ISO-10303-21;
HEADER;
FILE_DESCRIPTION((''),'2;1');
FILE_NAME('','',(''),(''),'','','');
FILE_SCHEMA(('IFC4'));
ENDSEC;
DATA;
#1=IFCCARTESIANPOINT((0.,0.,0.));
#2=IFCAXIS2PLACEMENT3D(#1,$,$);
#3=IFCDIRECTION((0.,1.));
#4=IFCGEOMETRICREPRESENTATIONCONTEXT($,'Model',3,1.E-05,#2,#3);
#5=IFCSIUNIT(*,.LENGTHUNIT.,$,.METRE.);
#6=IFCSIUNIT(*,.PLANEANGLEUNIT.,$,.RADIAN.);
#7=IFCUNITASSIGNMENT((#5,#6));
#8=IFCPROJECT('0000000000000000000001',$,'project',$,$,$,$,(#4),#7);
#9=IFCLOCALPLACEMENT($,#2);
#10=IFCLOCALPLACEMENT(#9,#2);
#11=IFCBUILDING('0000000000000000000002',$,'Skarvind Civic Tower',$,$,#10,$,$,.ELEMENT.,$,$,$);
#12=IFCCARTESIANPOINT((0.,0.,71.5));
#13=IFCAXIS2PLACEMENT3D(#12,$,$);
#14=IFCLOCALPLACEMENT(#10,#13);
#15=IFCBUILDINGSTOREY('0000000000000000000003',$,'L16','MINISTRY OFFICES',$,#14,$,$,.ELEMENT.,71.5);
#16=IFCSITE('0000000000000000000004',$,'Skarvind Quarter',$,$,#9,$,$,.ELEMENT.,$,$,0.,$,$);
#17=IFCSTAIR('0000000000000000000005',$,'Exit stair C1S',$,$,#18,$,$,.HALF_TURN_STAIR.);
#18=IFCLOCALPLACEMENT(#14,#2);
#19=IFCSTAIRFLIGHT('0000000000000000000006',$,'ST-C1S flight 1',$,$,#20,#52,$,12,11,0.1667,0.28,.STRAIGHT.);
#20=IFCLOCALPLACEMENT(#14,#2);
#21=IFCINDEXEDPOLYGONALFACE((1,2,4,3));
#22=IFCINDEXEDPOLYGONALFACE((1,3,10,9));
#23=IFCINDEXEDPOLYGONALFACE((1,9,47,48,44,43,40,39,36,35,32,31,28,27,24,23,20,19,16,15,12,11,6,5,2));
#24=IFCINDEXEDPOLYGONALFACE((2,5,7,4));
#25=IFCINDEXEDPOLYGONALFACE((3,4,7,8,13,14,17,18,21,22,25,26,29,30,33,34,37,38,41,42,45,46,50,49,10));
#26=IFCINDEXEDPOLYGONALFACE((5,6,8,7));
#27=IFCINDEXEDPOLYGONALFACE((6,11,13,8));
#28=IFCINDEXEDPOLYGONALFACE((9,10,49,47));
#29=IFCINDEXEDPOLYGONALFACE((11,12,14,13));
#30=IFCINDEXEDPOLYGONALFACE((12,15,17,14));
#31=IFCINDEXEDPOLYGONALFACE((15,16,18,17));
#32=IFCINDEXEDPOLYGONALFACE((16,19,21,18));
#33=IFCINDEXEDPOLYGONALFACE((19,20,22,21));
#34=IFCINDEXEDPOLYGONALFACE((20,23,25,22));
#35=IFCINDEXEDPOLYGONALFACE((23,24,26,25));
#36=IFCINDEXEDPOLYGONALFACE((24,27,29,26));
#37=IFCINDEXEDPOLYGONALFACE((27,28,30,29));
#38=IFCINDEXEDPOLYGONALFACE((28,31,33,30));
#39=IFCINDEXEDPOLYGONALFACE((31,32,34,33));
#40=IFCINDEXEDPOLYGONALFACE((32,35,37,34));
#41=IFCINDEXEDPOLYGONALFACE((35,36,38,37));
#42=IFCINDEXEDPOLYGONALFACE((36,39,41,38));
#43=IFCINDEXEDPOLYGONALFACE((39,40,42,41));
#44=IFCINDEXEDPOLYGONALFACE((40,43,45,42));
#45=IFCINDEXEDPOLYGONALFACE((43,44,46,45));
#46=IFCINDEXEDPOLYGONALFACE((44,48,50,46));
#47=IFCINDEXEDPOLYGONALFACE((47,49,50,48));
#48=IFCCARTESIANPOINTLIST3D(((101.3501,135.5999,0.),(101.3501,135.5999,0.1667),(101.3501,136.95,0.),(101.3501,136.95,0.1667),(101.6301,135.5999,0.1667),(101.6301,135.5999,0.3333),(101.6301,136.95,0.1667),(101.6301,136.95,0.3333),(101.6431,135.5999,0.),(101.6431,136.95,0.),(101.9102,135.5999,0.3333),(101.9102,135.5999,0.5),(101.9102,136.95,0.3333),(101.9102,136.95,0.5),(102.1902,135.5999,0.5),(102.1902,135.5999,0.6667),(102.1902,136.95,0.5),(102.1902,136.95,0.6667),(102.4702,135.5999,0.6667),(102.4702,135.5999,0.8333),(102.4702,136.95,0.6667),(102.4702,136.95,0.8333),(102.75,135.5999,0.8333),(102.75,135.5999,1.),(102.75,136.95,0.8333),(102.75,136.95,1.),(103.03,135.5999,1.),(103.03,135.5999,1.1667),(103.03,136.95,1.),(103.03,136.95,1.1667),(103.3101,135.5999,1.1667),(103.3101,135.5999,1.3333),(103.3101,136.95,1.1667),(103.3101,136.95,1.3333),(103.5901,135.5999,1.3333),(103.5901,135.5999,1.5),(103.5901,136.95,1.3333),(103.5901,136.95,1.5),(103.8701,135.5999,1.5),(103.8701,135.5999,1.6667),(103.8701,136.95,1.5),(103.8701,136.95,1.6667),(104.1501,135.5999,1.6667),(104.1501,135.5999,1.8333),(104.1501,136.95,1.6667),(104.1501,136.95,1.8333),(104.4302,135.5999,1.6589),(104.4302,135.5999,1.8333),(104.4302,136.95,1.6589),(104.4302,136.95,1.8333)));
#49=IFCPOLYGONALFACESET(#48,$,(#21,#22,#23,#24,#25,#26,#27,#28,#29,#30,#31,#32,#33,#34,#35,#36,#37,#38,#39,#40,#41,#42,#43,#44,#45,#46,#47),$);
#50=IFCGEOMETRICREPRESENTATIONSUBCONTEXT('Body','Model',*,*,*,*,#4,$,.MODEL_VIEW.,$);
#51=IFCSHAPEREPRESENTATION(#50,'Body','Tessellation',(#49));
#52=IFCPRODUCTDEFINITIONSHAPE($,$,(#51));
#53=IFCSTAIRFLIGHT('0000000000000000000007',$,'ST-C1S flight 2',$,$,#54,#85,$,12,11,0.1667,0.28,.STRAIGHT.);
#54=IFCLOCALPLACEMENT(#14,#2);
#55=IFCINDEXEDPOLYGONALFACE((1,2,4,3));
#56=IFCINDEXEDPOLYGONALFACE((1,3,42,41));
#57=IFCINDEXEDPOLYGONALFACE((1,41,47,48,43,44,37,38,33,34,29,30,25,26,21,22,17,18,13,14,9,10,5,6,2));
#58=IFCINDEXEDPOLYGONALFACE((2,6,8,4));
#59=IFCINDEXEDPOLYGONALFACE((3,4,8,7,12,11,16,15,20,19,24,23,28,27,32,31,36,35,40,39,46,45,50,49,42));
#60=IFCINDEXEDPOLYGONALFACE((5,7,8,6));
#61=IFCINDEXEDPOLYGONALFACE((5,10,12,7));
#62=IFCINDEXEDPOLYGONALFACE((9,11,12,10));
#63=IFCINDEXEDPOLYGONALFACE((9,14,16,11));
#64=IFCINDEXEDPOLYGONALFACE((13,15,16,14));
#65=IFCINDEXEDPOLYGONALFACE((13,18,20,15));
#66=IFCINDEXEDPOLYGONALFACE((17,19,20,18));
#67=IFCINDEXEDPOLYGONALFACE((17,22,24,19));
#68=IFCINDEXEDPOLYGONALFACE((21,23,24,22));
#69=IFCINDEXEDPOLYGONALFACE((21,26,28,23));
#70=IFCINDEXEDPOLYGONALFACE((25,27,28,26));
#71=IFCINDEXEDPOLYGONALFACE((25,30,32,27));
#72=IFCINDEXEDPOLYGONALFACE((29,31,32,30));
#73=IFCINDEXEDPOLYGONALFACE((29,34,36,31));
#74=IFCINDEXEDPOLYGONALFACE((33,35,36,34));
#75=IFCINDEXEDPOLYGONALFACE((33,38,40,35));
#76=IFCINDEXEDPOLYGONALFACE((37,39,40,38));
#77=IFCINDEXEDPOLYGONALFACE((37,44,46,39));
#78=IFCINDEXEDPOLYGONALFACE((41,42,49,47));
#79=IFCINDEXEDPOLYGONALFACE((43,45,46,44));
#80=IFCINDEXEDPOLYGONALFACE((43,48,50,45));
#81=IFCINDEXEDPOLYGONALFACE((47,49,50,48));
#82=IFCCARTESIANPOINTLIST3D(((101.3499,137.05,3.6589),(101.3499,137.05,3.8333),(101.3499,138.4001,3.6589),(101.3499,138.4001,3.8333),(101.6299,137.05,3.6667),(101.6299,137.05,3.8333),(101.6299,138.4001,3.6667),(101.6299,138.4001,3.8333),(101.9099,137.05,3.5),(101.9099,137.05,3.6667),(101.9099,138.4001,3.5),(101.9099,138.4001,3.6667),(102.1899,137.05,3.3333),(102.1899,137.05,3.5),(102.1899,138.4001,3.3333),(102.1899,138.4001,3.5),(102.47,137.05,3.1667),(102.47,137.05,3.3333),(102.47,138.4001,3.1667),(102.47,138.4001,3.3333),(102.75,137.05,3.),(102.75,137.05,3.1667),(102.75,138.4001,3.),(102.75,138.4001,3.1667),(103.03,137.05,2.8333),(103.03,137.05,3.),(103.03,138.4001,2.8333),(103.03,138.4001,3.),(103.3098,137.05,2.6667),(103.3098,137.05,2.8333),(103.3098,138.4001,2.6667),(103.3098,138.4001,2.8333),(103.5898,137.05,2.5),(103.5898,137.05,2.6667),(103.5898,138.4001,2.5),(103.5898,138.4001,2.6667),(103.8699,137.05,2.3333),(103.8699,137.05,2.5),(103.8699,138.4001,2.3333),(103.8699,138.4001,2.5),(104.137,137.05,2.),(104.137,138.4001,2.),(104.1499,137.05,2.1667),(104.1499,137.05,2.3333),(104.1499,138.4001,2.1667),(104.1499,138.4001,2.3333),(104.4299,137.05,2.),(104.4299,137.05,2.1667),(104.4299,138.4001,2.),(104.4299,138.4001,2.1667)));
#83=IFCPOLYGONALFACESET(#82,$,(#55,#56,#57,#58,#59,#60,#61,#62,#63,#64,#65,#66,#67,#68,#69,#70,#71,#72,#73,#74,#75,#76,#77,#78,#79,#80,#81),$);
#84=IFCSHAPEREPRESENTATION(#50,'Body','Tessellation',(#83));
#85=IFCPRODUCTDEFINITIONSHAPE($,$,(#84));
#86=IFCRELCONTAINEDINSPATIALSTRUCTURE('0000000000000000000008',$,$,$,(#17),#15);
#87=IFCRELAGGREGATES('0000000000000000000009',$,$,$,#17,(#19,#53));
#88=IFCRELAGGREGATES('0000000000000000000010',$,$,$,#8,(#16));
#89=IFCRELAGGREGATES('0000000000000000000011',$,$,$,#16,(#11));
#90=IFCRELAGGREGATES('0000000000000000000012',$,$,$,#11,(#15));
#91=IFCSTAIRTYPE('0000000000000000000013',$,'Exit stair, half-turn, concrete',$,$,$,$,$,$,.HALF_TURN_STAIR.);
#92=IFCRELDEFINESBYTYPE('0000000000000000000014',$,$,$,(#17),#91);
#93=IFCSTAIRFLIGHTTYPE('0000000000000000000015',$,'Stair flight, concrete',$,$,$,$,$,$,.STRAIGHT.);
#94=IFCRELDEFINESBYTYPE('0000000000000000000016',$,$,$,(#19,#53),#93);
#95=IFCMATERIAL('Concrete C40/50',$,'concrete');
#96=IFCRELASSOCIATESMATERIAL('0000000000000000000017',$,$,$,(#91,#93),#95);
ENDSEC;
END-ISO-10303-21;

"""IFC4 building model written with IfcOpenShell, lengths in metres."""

from ifc_helpers import new_model, si_unit, direction, frame, origin, place, context, subcontext, project, spatial, polyline, outline, extrude, material, type_object, element, aggregate, save


model = new_model("IFC4")

# Units and contexts
model_context = context("Model", 3, precision=1e-05, world=origin(), true_north=direction((0.0, 1.0)))
body_context = subcontext(model_context, "Body", "Model", "MODEL_VIEW")
ifc_project = project(units=[si_unit("LENGTHUNIT", "METRE"), si_unit("PLANEANGLEUNIT", "RADIAN")], contexts=[model_context])

# Site, building, storey
site_placement = place(None, origin())
site = spatial("IfcSite", under=ifc_project, at=site_placement, Name="Skarvind Quarter", CompositionType="ELEMENT", RefElevation=0.0)
building_placement = place(site_placement, origin())
building = spatial("IfcBuilding", under=site, at=building_placement, Name="Skarvind Civic Tower", CompositionType="ELEMENT")
storey_placement = place(building_placement, frame((0.0, 0.0, 71.5)))
storey = spatial("IfcBuildingStorey", under=building, at=storey_placement, Name="L16", Description="MINISTRY OFFICES", CompositionType="ELEMENT", Elevation=71.5)

# Stair, stair flights
ifc_material_1 = material(Name="Concrete C40/50", Category="concrete")
stair_type = type_object("IfcStairType", Name="Exit stair, half-turn, concrete", PredefinedType="HALF_TURN_STAIR", material=ifc_material_1)
stair_placement = place(storey_placement, origin())
stair = element("IfcStair", 1, at=stair_placement, inside=storey, type_object=stair_type, Name="Exit stair C1S", PredefinedType="HALF_TURN_STAIR")
stair_flight_type = type_object("IfcStairFlightType", Name="Stair flight, concrete", PredefinedType="STRAIGHT", material=ifc_material_1)
stair_flight_1_placement = place(storey_placement, frame((101.3501, 136.2749, 0.0), z_axis=(0.0, 0.0, 1.0), x_axis=(1.0, 0.0, 0.0)))
stair_flight_1 = element("IfcStairFlight", 2, at=stair_flight_1_placement, type_object=stair_flight_type, Name="ST-C1S flight 1", NumberOfRisers=12, NumberOfTreads=11, PredefinedType="STRAIGHT", RiserHeight=0.1667, TreadLength=0.28, context=body_context, shape_type="SweptSolid", body=[
    extrude(outline(polyline([(0.0, 0.0), (0.0, 0.1667), (0.28, 0.1667), (0.28, 0.3333), (0.5601, 0.3333), (0.5601, 0.5), (0.8401, 0.5), (0.8401, 0.6667), (1.1201, 0.6667), (1.1201, 0.8333), (1.3999, 0.8333), (1.3999, 1.0), (1.6799, 1.0), (1.6799, 1.1667), (1.96, 1.1667), (1.96, 1.3333), (2.24, 1.3333), (2.24, 1.5), (2.52, 1.5), (2.52, 1.6667), (2.8, 1.6667), (2.8, 1.8333), (3.0801, 1.8333), (3.0801, 2.0), (3.0801, 1.6589), (0.293, 0.0), (0.0, 0.0)])), frame((0.0, 0.675, 0.0), z_axis=(0.0, -1.0, 0.0), x_axis=(1.0, 0.0, 0.0)), (0.0, 0.0, 1.0), 1.3501),
])
stair_flight_2_placement = place(storey_placement, frame((104.4299, 137.7251, 2.0), z_axis=(0.0, 0.0, 1.0), x_axis=(-1.0, 0.0, 0.0)))
stair_flight_2 = element("IfcStairFlight", 3, at=stair_flight_2_placement, type_object=stair_flight_type, Name="ST-C1S flight 2", NumberOfRisers=12, NumberOfTreads=11, PredefinedType="STRAIGHT", RiserHeight=0.1667, TreadLength=0.28, context=body_context, shape_type="SweptSolid", body=[
    extrude(outline(polyline([(0.0, 0.0), (0.0, 0.1667), (0.28, 0.1667), (0.28, 0.3333), (0.5601, 0.3333), (0.5601, 0.5), (0.8401, 0.5), (0.8401, 0.6667), (1.1201, 0.6667), (1.1201, 0.8333), (1.3999, 0.8333), (1.3999, 1.0), (1.6799, 1.0), (1.6799, 1.1667), (1.96, 1.1667), (1.96, 1.3333), (2.24, 1.3333), (2.24, 1.5), (2.52, 1.5), (2.52, 1.6667), (2.8, 1.6667), (2.8, 1.8333), (3.0801, 1.8333), (3.0801, 2.0), (3.0801, 1.6589), (0.293, 0.0), (0.0, 0.0)])), frame((0.0, 0.675, 0.0), z_axis=(0.0, -1.0, 0.0), x_axis=(1.0, 0.0, 0.0)), (0.0, 0.0, 1.0), 1.3501),
])
aggregate(stair, [stair_flight_1, stair_flight_2])

save(model, "model.ifc")
